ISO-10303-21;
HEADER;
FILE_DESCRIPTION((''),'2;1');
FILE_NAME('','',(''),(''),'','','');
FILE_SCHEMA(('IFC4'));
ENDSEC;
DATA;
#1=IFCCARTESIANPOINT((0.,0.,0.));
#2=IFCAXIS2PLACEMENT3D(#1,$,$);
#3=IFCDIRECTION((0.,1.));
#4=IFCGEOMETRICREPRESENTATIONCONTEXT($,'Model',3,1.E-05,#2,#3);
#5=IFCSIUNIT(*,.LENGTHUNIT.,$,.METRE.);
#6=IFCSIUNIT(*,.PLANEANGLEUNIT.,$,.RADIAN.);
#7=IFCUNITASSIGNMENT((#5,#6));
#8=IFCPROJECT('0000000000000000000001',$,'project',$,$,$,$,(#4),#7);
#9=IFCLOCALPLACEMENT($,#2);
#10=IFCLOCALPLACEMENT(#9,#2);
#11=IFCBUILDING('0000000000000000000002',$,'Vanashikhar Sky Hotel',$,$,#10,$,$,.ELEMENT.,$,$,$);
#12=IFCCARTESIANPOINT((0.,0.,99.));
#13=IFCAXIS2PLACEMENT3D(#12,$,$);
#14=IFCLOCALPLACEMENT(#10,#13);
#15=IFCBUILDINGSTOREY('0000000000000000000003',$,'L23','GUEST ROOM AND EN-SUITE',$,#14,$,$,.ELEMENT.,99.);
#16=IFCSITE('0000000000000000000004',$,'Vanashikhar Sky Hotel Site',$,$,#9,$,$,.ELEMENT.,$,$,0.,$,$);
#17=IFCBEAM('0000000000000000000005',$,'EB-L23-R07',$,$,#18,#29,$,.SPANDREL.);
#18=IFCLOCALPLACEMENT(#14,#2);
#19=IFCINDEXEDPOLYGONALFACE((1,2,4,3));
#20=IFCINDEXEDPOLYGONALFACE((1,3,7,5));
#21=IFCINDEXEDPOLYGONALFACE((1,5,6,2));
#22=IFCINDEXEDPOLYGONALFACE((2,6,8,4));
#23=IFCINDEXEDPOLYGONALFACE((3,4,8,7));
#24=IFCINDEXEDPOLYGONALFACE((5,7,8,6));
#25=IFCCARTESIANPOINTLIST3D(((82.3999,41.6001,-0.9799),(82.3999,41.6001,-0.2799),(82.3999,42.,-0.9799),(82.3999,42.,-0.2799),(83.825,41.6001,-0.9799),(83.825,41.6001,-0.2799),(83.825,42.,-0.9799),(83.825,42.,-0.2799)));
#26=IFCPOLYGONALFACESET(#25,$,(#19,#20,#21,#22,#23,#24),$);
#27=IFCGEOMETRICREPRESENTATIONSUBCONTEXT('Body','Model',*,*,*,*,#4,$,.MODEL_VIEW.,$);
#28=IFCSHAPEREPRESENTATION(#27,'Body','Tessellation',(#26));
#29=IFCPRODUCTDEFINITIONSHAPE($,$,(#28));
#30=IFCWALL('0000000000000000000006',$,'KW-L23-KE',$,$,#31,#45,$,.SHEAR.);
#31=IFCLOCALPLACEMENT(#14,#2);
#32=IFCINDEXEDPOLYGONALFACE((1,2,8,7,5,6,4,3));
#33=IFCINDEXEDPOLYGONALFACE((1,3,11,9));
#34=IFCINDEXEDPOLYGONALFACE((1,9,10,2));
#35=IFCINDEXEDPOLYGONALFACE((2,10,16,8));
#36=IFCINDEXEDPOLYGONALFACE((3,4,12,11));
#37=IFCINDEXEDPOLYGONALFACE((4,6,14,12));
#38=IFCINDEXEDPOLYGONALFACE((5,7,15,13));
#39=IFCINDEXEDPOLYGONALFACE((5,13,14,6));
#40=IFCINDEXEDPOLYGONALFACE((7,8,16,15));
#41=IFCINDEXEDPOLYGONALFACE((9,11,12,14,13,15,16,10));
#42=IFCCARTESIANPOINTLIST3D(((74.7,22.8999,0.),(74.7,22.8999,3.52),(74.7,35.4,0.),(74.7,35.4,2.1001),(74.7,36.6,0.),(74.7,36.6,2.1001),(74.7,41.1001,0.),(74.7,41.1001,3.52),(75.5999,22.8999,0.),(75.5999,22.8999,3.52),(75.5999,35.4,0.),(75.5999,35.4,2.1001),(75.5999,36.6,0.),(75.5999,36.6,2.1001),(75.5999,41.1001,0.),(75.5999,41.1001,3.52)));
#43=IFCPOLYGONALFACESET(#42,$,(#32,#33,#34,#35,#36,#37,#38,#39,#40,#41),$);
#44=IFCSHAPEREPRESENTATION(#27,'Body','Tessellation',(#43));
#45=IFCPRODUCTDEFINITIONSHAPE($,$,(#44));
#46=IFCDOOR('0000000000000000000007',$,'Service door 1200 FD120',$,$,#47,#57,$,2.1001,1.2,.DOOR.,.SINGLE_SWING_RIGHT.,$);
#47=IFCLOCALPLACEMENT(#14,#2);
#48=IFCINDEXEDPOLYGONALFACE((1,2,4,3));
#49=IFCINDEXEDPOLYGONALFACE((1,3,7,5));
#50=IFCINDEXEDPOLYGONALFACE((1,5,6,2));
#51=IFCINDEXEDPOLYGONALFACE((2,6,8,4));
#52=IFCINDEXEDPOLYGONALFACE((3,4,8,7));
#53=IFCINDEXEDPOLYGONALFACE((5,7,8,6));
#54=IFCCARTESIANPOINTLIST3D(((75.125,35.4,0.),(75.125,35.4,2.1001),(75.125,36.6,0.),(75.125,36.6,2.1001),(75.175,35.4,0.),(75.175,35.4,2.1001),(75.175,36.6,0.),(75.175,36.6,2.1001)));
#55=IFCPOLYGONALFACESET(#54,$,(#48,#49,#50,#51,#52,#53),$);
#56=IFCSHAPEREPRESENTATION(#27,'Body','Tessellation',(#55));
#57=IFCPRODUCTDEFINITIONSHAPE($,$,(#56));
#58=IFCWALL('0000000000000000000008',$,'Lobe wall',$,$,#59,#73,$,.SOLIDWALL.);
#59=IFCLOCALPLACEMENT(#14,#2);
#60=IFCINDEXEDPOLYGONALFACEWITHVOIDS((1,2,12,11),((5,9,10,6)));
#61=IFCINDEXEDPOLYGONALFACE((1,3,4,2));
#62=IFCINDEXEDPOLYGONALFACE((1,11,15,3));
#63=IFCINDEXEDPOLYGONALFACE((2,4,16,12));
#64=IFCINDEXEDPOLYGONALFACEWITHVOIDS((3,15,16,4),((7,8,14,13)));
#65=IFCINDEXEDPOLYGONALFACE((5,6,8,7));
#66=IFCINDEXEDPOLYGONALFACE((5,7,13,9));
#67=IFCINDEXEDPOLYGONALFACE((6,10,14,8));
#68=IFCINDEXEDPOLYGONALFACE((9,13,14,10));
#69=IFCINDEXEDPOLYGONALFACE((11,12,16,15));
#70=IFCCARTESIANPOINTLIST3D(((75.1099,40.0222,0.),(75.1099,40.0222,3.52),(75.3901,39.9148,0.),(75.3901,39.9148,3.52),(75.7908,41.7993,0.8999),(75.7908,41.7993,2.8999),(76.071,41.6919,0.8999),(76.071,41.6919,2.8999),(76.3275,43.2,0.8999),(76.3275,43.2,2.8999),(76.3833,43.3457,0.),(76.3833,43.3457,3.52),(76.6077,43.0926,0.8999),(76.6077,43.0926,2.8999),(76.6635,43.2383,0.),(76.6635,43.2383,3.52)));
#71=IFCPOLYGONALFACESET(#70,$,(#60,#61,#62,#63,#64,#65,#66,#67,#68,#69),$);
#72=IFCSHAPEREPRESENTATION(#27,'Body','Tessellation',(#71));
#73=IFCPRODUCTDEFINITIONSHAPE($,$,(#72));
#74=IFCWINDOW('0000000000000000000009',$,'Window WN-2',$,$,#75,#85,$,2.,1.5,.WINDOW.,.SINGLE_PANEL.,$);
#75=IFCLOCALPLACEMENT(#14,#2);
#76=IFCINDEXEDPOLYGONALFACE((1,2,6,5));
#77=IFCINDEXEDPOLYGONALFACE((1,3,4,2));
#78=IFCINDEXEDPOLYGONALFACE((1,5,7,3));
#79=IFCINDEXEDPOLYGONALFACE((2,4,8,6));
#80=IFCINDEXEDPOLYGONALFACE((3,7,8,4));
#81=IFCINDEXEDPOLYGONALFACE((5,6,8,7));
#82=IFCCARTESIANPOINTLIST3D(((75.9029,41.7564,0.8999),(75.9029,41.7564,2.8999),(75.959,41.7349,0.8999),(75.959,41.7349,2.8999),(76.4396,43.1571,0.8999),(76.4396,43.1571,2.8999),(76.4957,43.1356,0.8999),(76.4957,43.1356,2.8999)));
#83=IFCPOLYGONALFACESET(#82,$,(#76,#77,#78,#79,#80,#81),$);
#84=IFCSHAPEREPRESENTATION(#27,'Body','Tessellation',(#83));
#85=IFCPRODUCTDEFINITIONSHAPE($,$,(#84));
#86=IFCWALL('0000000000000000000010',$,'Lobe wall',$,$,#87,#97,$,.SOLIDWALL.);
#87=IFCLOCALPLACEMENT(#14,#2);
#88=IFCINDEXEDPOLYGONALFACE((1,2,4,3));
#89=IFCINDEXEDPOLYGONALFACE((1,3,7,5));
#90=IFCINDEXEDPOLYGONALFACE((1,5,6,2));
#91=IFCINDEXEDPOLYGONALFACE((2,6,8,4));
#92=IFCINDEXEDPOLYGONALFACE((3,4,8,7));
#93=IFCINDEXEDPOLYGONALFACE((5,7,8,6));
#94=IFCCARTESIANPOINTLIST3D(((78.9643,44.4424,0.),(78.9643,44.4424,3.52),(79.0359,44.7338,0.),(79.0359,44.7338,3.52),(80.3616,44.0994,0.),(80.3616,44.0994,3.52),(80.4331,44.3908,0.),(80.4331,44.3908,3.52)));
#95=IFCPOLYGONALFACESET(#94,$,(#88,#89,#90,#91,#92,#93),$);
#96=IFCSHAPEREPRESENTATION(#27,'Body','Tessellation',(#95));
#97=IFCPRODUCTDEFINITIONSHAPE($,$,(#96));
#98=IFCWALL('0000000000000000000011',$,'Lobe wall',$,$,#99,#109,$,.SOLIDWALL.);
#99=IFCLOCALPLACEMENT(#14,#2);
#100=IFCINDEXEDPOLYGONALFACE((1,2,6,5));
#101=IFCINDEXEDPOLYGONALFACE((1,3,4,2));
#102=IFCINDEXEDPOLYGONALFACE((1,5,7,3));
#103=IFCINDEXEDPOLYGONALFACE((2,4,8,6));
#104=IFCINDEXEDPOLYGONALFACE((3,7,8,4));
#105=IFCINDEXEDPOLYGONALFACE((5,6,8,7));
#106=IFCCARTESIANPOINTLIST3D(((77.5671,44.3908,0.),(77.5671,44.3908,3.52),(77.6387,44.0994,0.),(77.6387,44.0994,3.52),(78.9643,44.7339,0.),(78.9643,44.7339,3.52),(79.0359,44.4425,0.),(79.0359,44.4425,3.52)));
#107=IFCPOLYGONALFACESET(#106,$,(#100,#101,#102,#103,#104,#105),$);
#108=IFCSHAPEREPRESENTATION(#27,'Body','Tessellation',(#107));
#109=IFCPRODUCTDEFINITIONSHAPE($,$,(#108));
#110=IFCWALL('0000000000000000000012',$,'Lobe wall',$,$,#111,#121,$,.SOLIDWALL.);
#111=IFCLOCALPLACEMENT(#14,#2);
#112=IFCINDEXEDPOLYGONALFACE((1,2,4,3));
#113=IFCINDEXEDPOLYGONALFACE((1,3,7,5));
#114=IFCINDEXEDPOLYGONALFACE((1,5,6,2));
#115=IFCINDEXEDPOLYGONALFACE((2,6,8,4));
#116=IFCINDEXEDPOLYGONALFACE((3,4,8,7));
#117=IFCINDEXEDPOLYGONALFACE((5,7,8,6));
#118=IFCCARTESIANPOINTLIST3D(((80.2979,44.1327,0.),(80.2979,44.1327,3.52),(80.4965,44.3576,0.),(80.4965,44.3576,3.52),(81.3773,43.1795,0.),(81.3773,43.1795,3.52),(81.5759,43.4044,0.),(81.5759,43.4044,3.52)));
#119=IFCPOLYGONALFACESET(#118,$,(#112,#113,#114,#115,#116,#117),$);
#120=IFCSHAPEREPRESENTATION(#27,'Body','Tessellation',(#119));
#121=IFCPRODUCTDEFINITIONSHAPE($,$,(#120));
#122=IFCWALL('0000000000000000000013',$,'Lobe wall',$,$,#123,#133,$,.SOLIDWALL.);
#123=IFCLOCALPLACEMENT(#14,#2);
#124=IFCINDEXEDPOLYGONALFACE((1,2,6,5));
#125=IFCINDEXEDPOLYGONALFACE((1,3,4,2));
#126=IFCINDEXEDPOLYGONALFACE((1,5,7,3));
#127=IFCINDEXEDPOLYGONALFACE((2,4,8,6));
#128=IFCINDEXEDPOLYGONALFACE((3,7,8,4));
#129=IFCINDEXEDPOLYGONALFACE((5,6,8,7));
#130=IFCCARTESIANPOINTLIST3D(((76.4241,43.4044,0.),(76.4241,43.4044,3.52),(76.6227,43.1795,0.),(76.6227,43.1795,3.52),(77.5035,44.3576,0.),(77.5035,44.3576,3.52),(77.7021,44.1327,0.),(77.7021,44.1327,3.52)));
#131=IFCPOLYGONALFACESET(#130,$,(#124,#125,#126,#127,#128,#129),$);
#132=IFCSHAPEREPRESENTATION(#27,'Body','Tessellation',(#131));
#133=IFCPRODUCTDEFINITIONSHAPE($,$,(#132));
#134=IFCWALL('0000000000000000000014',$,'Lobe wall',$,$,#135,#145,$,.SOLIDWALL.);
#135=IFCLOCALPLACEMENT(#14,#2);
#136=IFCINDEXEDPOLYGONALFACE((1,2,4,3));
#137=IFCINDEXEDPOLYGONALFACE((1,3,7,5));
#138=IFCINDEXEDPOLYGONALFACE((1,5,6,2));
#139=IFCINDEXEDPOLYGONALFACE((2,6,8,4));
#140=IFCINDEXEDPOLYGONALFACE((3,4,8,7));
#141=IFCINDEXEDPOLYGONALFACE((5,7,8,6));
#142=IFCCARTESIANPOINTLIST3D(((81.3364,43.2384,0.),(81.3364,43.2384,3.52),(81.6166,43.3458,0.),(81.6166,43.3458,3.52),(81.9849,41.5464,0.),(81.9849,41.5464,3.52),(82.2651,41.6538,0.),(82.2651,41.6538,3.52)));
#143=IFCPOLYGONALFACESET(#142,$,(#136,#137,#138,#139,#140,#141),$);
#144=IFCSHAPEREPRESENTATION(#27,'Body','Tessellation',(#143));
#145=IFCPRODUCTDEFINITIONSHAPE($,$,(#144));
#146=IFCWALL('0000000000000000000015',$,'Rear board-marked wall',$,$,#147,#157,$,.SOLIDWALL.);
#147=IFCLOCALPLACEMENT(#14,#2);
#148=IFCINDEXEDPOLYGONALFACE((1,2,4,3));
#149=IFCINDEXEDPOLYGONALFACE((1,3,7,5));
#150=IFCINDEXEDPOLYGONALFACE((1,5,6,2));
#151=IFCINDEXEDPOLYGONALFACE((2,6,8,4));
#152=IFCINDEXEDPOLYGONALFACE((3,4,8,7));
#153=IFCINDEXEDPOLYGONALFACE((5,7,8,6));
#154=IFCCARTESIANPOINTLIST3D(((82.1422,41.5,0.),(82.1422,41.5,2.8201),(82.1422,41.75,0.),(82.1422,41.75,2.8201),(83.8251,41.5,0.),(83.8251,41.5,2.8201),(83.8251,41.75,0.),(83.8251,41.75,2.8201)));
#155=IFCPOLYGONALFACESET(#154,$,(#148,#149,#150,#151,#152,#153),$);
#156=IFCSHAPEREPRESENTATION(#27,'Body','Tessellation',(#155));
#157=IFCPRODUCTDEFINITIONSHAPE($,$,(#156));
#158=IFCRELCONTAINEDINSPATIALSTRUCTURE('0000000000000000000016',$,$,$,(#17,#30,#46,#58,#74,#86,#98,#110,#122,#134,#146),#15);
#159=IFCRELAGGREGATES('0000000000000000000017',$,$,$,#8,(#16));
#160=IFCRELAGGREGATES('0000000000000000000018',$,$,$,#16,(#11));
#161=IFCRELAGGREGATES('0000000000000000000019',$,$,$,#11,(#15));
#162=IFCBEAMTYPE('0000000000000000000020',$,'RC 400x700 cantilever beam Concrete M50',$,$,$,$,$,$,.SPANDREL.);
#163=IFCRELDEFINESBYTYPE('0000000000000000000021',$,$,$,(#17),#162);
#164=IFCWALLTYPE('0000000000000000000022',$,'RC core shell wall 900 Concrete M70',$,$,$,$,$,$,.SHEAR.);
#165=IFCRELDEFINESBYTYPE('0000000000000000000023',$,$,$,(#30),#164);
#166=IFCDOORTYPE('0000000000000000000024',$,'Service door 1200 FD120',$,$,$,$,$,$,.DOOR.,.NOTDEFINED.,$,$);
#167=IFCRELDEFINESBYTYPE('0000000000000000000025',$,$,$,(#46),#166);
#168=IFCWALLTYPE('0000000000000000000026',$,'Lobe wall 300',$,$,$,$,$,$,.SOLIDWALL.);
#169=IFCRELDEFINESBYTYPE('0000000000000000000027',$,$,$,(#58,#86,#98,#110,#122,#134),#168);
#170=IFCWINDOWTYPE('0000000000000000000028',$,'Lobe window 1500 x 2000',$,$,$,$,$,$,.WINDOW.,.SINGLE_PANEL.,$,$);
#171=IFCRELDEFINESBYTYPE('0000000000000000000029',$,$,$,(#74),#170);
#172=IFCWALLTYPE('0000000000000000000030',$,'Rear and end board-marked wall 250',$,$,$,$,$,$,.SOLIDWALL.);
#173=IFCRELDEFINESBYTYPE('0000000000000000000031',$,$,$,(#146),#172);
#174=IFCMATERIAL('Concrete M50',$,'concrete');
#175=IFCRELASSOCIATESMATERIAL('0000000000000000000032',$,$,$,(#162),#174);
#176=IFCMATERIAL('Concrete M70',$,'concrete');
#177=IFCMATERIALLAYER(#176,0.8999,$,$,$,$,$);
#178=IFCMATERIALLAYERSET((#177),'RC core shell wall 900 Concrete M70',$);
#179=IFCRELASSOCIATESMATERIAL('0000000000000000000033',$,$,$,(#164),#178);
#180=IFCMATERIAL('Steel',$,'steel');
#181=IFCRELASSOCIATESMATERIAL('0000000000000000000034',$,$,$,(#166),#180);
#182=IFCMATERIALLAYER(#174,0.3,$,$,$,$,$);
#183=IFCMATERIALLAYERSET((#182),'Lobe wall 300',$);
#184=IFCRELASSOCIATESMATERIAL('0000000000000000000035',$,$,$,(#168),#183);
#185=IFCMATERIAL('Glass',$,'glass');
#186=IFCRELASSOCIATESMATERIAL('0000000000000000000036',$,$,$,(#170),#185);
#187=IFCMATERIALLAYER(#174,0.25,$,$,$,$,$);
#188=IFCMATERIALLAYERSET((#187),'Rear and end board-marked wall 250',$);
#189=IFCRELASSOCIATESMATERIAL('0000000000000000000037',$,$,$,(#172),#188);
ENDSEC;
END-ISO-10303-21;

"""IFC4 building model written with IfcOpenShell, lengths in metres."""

from ifc_helpers import new_model, si_unit, direction, frame, frame_2d, origin, origin_2d, place, context, subcontext, project, spatial, rectangle, extrude, source, transform, mapped, material, layer, layer_set, material_profile, profile_set, type_object, element, fill, save


model = new_model("IFC4")

# Units and contexts
model_context = context("Model", 3, precision=1e-05, world=origin(), true_north=direction((0.0, 1.0)))
body_context = subcontext(model_context, "Body", "Model", "MODEL_VIEW")
ifc_project = project(units=[si_unit("LENGTHUNIT", "METRE"), si_unit("PLANEANGLEUNIT", "RADIAN")], contexts=[model_context])

# Site, building, storey
site_placement = place(None, origin())
site = spatial("IfcSite", under=ifc_project, at=site_placement, Name="Vanashikhar Sky Hotel Site", CompositionType="ELEMENT", RefElevation=0.0)
building_placement = place(site_placement, origin())
building = spatial("IfcBuilding", under=site, at=building_placement, Name="Vanashikhar Sky Hotel", CompositionType="ELEMENT")
storey_placement = place(building_placement, frame((0.0, 0.0, 99.0)))
storey = spatial("IfcBuildingStorey", under=building, at=storey_placement, Name="L23", Description="GUEST ROOM AND EN-SUITE", CompositionType="ELEMENT", Elevation=99.0)

# Beam
ifc_material_1 = material(Name="Concrete M50", Category="concrete")
ifc_material_profile_1 = material_profile(ifc_material_1, rectangle(XDim=0.3999, YDim=0.7, at=origin_2d()))
ifc_profile_set_1 = profile_set([ifc_material_profile_1], Name="RC 400x700 cantilever beam Concrete M50")
beam_type = type_object("IfcBeamType", Name="RC 400x700 cantilever beam Concrete M50", PredefinedType="SPANDREL", material=ifc_profile_set_1)
shared_shape_1 = source(origin(), body_context, "Body", "SweptSolid", [
    extrude(rectangle(XDim=0.3999, YDim=0.7, at=origin_2d()), origin(), (0.0, 0.0, 1.0), 1.425),
])
beam_placement = place(storey_placement, frame((82.3999, 41.8, -0.6299), z_axis=(1.0, 0.0, 0.0), x_axis=(0.0, 1.0, 0.0)))
element("IfcBeam", 1, at=beam_placement, inside=storey, type_object=beam_type, Name="EB-L23-R07", PredefinedType="SPANDREL", context=body_context, shape_type="MappedRepresentation", body=[
    mapped(shared_shape_1, transform((0.0, 0.0, 0.0), scale=1.0)),
])

# Wall, opening, door
ifc_material_2 = material(Name="Concrete M70", Category="concrete")
ifc_layer_1 = layer(ifc_material_2, 0.8999)
ifc_layer_set_1 = layer_set([ifc_layer_1], Name="RC core shell wall 900 Concrete M70")
wall_type_1 = type_object("IfcWallType", Name="RC core shell wall 900 Concrete M70", PredefinedType="SHEAR", material=ifc_layer_set_1)
shared_shape_2 = source(origin(), body_context, "Body", "SweptSolid", [
    extrude(rectangle(XDim=18.2002, YDim=0.8999, at=frame_2d((9.1001, 0.0))), origin(), (0.0, 0.0, 1.0), 3.52),
])
wall_1_placement = place(storey_placement, frame((75.1499, 22.8999, 0.0), z_axis=(0.0, 0.0, 1.0), x_axis=(0.0, 1.0, 0.0)))
wall_1 = element("IfcWall", 2, at=wall_1_placement, inside=storey, type_object=wall_type_1, Name="KW-L23-KE", PredefinedType="SHEAR", context=body_context, shape_type="MappedRepresentation", body=[
    mapped(shared_shape_2, transform((0.0, 0.0, 0.0), scale=1.0)),
])
shared_shape_3 = source(origin(), body_context, "Body", "SweptSolid", [
    extrude(rectangle(XDim=1.2, YDim=2.1001, at=frame_2d((0.6001, 1.05))), frame((0.0, 0.46, 0.0), z_axis=(0.0, -1.0, 0.0), x_axis=(1.0, 0.0, 0.0)), (0.0, 0.0, 1.0), 0.9199),
])
opening_1_placement = place(wall_1_placement, frame((12.5, 0.0, 0.0)))
opening_1 = element("IfcOpeningElement", 3, at=opening_1_placement, cuts=wall_1, PredefinedType="OPENING", context=body_context, shape_type="MappedRepresentation", body=[
    mapped(shared_shape_3, transform((0.0, 0.0, 0.0), scale=1.0)),
])
ifc_material_3 = material(Name="Steel", Category="steel")
door_type_1 = type_object("IfcDoorType", Name="Service door 1200 FD120", OperationType="NOTDEFINED", PredefinedType="DOOR", material=ifc_material_3)
shared_shape_4 = source(origin(), body_context, "Body", "SweptSolid", [
    extrude(rectangle(XDim=1.2, YDim=2.1001, at=frame_2d((0.6001, 1.05))), frame((0.0, 0.0249, 0.0), z_axis=(0.0, -1.0, 0.0), x_axis=(1.0, 0.0, 0.0)), (0.0, 0.0, 1.0), 0.05),
])
door_1_placement = place(opening_1_placement, origin())
door_1 = element("IfcDoor", 4, at=door_1_placement, inside=storey, type_object=door_type_1, Name="Service door 1200 FD120", OperationType="SINGLE_SWING_RIGHT", OverallHeight=2.1001, OverallWidth=1.2, PredefinedType="DOOR", context=body_context, shape_type="MappedRepresentation", body=[
    mapped(shared_shape_4, transform((0.0, 0.0, 0.0), scale=1.0)),
])
fill(opening_1, door_1)

# Wall, opening, window
ifc_layer_2 = layer(ifc_material_1, 0.3)
ifc_layer_set_2 = layer_set([ifc_layer_2], Name="Lobe wall 300")
wall_type_2 = type_object("IfcWallType", Name="Lobe wall 300", PredefinedType="SOLIDWALL", material=ifc_layer_set_2)
shared_shape_5 = source(origin(), body_context, "Body", "SweptSolid", [
    extrude(rectangle(XDim=3.5591, YDim=0.3, at=frame_2d((1.7795, 0.0))), origin(), (0.0, 0.0, 1.0), 3.52),
])
wall_2_placement = place(storey_placement, frame((76.5234, 43.292, 0.0), z_axis=(0.0, 0.0, 1.0), x_axis=(-0.357797, -0.933799, 0.0)))
wall_2 = element("IfcWall", 5, at=wall_2_placement, inside=storey, type_object=wall_type_2, Name="Lobe wall", PredefinedType="SOLIDWALL", context=body_context, shape_type="MappedRepresentation", body=[
    mapped(shared_shape_5, transform((0.0, 0.0, 0.0), scale=1.0)),
])
shared_shape_6 = source(origin(), body_context, "Body", "SweptSolid", [
    extrude(rectangle(XDim=1.5, YDim=2.0, at=frame_2d((0.75, 1.0))), frame((0.0, 0.1602, 0.0), z_axis=(0.0, -1.0, 0.0), x_axis=(1.0, 0.0, 0.0)), (0.0, 0.0, 1.0), 0.3201),
])
opening_2_placement = place(wall_2_placement, frame((0.156, 0.0, 0.8999)))
opening_2 = element("IfcOpeningElement", 6, at=opening_2_placement, cuts=wall_2, PredefinedType="OPENING", context=body_context, shape_type="MappedRepresentation", body=[
    mapped(shared_shape_6, transform((0.0, 0.0, 0.0), scale=1.0)),
])
ifc_material_4 = material(Name="Glass", Category="glass")
window_type = type_object("IfcWindowType", Name="Lobe window 1500 x 2000", PartitioningType="SINGLE_PANEL", PredefinedType="WINDOW", material=ifc_material_4)
shared_shape_7 = source(origin(), body_context, "Body", "SweptSolid", [
    extrude(rectangle(XDim=1.5, YDim=2.0, at=frame_2d((0.75, 1.0))), frame((0.0, 0.03, 0.0), z_axis=(0.0, -1.0, 0.0), x_axis=(1.0, 0.0, 0.0)), (0.0, 0.0, 1.0), 0.0601),
])
window_placement = place(opening_2_placement, origin())
window = element("IfcWindow", 7, at=window_placement, inside=storey, type_object=window_type, Name="Window WN-2", OverallHeight=2.0, OverallWidth=1.5, PartitioningType="SINGLE_PANEL", PredefinedType="WINDOW", context=body_context, shape_type="MappedRepresentation", body=[
    mapped(shared_shape_7, transform((0.0, 0.0, 0.0), scale=1.0)),
])
fill(opening_2, window)

# Walls
shared_shape_8 = source(origin(), body_context, "Body", "SweptSolid", [
    extrude(rectangle(XDim=1.4387, YDim=0.3, at=frame_2d((0.7192, 0.0))), origin(), (0.0, 0.0, 1.0), 3.52),
])
for number, where, z_axis, x_axis, name in (
    (8, (80.3972, 44.2451, 0.0), (0.0, 0.0, 1.0), (-0.971162, 0.238421, 0.0), "Lobe wall"),
    (9, (79.0, 44.5881, 0.0), (0.0, 0.0, 1.0), (-0.971162, -0.238421, 0.0), "Lobe wall"),
):
    element("IfcWall", number, at=place(storey_placement, frame(where, z_axis=z_axis, x_axis=x_axis)), inside=storey, type_object=wall_type_2, Name=name, PredefinedType="SOLIDWALL", context=body_context, shape_type="MappedRepresentation", body=[
        mapped(shared_shape_8, transform((0.0, 0.0, 0.0), scale=1.0)),
    ])
shared_shape_9 = source(origin(), body_context, "Body", "SweptSolid", [
    extrude(rectangle(XDim=1.4399, YDim=0.3, at=frame_2d((0.72, 0.0))), origin(), (0.0, 0.0, 1.0), 3.52),
])
for number, where, z_axis, x_axis, name in (
    (10, (81.4766, 43.292, 0.0), (0.0, 0.0, 1.0), (-0.749576, 0.661919, 0.0), "Lobe wall"),
    (11, (77.6028, 44.2451, 0.0), (0.0, 0.0, 1.0), (-0.749576, -0.661919, 0.0), "Lobe wall"),
):
    element("IfcWall", number, at=place(storey_placement, frame(where, z_axis=z_axis, x_axis=x_axis)), inside=storey, type_object=wall_type_2, Name=name, PredefinedType="SOLIDWALL", context=body_context, shape_type="MappedRepresentation", body=[
        mapped(shared_shape_9, transform((0.0, 0.0, 0.0), scale=1.0)),
    ])
shared_shape_10 = source(origin(), body_context, "Body", "SweptSolid", [
    extrude(rectangle(XDim=1.812, YDim=0.3, at=frame_2d((0.906, 0.0))), origin(), (0.0, 0.0, 1.0), 3.52),
])
wall_3_placement = place(storey_placement, frame((82.125, 41.6001, 0.0), z_axis=(0.0, 0.0, 1.0), x_axis=(-0.357877, 0.933769, 0.0)))
element("IfcWall", 12, at=wall_3_placement, inside=storey, type_object=wall_type_2, Name="Lobe wall", PredefinedType="SOLIDWALL", context=body_context, shape_type="MappedRepresentation", body=[
    mapped(shared_shape_10, transform((0.0, 0.0, 0.0), scale=1.0)),
])
ifc_layer_3 = layer(ifc_material_1, 0.25)
ifc_layer_set_3 = layer_set([ifc_layer_3], Name="Rear and end board-marked wall 250")
wall_type_3 = type_object("IfcWallType", Name="Rear and end board-marked wall 250", PredefinedType="SOLIDWALL", material=ifc_layer_set_3)
shared_shape_11 = source(origin(), body_context, "Body", "SweptSolid", [
    extrude(rectangle(XDim=1.6829, YDim=0.25, at=frame_2d((0.8413, 0.0))), origin(), (0.0, 0.0, 1.0), 2.8201),
])
wall_4_placement = place(storey_placement, frame((83.825, 41.625, 0.0), z_axis=(0.0, 0.0, 1.0), x_axis=(-1.0, 0.0, 0.0)))
element("IfcWall", 13, at=wall_4_placement, inside=storey, type_object=wall_type_3, Name="Rear board-marked wall", PredefinedType="SOLIDWALL", context=body_context, shape_type="MappedRepresentation", body=[
    mapped(shared_shape_11, transform((0.0, 0.0, 0.0), scale=1.0)),
])

save(model, "model.ifc")
